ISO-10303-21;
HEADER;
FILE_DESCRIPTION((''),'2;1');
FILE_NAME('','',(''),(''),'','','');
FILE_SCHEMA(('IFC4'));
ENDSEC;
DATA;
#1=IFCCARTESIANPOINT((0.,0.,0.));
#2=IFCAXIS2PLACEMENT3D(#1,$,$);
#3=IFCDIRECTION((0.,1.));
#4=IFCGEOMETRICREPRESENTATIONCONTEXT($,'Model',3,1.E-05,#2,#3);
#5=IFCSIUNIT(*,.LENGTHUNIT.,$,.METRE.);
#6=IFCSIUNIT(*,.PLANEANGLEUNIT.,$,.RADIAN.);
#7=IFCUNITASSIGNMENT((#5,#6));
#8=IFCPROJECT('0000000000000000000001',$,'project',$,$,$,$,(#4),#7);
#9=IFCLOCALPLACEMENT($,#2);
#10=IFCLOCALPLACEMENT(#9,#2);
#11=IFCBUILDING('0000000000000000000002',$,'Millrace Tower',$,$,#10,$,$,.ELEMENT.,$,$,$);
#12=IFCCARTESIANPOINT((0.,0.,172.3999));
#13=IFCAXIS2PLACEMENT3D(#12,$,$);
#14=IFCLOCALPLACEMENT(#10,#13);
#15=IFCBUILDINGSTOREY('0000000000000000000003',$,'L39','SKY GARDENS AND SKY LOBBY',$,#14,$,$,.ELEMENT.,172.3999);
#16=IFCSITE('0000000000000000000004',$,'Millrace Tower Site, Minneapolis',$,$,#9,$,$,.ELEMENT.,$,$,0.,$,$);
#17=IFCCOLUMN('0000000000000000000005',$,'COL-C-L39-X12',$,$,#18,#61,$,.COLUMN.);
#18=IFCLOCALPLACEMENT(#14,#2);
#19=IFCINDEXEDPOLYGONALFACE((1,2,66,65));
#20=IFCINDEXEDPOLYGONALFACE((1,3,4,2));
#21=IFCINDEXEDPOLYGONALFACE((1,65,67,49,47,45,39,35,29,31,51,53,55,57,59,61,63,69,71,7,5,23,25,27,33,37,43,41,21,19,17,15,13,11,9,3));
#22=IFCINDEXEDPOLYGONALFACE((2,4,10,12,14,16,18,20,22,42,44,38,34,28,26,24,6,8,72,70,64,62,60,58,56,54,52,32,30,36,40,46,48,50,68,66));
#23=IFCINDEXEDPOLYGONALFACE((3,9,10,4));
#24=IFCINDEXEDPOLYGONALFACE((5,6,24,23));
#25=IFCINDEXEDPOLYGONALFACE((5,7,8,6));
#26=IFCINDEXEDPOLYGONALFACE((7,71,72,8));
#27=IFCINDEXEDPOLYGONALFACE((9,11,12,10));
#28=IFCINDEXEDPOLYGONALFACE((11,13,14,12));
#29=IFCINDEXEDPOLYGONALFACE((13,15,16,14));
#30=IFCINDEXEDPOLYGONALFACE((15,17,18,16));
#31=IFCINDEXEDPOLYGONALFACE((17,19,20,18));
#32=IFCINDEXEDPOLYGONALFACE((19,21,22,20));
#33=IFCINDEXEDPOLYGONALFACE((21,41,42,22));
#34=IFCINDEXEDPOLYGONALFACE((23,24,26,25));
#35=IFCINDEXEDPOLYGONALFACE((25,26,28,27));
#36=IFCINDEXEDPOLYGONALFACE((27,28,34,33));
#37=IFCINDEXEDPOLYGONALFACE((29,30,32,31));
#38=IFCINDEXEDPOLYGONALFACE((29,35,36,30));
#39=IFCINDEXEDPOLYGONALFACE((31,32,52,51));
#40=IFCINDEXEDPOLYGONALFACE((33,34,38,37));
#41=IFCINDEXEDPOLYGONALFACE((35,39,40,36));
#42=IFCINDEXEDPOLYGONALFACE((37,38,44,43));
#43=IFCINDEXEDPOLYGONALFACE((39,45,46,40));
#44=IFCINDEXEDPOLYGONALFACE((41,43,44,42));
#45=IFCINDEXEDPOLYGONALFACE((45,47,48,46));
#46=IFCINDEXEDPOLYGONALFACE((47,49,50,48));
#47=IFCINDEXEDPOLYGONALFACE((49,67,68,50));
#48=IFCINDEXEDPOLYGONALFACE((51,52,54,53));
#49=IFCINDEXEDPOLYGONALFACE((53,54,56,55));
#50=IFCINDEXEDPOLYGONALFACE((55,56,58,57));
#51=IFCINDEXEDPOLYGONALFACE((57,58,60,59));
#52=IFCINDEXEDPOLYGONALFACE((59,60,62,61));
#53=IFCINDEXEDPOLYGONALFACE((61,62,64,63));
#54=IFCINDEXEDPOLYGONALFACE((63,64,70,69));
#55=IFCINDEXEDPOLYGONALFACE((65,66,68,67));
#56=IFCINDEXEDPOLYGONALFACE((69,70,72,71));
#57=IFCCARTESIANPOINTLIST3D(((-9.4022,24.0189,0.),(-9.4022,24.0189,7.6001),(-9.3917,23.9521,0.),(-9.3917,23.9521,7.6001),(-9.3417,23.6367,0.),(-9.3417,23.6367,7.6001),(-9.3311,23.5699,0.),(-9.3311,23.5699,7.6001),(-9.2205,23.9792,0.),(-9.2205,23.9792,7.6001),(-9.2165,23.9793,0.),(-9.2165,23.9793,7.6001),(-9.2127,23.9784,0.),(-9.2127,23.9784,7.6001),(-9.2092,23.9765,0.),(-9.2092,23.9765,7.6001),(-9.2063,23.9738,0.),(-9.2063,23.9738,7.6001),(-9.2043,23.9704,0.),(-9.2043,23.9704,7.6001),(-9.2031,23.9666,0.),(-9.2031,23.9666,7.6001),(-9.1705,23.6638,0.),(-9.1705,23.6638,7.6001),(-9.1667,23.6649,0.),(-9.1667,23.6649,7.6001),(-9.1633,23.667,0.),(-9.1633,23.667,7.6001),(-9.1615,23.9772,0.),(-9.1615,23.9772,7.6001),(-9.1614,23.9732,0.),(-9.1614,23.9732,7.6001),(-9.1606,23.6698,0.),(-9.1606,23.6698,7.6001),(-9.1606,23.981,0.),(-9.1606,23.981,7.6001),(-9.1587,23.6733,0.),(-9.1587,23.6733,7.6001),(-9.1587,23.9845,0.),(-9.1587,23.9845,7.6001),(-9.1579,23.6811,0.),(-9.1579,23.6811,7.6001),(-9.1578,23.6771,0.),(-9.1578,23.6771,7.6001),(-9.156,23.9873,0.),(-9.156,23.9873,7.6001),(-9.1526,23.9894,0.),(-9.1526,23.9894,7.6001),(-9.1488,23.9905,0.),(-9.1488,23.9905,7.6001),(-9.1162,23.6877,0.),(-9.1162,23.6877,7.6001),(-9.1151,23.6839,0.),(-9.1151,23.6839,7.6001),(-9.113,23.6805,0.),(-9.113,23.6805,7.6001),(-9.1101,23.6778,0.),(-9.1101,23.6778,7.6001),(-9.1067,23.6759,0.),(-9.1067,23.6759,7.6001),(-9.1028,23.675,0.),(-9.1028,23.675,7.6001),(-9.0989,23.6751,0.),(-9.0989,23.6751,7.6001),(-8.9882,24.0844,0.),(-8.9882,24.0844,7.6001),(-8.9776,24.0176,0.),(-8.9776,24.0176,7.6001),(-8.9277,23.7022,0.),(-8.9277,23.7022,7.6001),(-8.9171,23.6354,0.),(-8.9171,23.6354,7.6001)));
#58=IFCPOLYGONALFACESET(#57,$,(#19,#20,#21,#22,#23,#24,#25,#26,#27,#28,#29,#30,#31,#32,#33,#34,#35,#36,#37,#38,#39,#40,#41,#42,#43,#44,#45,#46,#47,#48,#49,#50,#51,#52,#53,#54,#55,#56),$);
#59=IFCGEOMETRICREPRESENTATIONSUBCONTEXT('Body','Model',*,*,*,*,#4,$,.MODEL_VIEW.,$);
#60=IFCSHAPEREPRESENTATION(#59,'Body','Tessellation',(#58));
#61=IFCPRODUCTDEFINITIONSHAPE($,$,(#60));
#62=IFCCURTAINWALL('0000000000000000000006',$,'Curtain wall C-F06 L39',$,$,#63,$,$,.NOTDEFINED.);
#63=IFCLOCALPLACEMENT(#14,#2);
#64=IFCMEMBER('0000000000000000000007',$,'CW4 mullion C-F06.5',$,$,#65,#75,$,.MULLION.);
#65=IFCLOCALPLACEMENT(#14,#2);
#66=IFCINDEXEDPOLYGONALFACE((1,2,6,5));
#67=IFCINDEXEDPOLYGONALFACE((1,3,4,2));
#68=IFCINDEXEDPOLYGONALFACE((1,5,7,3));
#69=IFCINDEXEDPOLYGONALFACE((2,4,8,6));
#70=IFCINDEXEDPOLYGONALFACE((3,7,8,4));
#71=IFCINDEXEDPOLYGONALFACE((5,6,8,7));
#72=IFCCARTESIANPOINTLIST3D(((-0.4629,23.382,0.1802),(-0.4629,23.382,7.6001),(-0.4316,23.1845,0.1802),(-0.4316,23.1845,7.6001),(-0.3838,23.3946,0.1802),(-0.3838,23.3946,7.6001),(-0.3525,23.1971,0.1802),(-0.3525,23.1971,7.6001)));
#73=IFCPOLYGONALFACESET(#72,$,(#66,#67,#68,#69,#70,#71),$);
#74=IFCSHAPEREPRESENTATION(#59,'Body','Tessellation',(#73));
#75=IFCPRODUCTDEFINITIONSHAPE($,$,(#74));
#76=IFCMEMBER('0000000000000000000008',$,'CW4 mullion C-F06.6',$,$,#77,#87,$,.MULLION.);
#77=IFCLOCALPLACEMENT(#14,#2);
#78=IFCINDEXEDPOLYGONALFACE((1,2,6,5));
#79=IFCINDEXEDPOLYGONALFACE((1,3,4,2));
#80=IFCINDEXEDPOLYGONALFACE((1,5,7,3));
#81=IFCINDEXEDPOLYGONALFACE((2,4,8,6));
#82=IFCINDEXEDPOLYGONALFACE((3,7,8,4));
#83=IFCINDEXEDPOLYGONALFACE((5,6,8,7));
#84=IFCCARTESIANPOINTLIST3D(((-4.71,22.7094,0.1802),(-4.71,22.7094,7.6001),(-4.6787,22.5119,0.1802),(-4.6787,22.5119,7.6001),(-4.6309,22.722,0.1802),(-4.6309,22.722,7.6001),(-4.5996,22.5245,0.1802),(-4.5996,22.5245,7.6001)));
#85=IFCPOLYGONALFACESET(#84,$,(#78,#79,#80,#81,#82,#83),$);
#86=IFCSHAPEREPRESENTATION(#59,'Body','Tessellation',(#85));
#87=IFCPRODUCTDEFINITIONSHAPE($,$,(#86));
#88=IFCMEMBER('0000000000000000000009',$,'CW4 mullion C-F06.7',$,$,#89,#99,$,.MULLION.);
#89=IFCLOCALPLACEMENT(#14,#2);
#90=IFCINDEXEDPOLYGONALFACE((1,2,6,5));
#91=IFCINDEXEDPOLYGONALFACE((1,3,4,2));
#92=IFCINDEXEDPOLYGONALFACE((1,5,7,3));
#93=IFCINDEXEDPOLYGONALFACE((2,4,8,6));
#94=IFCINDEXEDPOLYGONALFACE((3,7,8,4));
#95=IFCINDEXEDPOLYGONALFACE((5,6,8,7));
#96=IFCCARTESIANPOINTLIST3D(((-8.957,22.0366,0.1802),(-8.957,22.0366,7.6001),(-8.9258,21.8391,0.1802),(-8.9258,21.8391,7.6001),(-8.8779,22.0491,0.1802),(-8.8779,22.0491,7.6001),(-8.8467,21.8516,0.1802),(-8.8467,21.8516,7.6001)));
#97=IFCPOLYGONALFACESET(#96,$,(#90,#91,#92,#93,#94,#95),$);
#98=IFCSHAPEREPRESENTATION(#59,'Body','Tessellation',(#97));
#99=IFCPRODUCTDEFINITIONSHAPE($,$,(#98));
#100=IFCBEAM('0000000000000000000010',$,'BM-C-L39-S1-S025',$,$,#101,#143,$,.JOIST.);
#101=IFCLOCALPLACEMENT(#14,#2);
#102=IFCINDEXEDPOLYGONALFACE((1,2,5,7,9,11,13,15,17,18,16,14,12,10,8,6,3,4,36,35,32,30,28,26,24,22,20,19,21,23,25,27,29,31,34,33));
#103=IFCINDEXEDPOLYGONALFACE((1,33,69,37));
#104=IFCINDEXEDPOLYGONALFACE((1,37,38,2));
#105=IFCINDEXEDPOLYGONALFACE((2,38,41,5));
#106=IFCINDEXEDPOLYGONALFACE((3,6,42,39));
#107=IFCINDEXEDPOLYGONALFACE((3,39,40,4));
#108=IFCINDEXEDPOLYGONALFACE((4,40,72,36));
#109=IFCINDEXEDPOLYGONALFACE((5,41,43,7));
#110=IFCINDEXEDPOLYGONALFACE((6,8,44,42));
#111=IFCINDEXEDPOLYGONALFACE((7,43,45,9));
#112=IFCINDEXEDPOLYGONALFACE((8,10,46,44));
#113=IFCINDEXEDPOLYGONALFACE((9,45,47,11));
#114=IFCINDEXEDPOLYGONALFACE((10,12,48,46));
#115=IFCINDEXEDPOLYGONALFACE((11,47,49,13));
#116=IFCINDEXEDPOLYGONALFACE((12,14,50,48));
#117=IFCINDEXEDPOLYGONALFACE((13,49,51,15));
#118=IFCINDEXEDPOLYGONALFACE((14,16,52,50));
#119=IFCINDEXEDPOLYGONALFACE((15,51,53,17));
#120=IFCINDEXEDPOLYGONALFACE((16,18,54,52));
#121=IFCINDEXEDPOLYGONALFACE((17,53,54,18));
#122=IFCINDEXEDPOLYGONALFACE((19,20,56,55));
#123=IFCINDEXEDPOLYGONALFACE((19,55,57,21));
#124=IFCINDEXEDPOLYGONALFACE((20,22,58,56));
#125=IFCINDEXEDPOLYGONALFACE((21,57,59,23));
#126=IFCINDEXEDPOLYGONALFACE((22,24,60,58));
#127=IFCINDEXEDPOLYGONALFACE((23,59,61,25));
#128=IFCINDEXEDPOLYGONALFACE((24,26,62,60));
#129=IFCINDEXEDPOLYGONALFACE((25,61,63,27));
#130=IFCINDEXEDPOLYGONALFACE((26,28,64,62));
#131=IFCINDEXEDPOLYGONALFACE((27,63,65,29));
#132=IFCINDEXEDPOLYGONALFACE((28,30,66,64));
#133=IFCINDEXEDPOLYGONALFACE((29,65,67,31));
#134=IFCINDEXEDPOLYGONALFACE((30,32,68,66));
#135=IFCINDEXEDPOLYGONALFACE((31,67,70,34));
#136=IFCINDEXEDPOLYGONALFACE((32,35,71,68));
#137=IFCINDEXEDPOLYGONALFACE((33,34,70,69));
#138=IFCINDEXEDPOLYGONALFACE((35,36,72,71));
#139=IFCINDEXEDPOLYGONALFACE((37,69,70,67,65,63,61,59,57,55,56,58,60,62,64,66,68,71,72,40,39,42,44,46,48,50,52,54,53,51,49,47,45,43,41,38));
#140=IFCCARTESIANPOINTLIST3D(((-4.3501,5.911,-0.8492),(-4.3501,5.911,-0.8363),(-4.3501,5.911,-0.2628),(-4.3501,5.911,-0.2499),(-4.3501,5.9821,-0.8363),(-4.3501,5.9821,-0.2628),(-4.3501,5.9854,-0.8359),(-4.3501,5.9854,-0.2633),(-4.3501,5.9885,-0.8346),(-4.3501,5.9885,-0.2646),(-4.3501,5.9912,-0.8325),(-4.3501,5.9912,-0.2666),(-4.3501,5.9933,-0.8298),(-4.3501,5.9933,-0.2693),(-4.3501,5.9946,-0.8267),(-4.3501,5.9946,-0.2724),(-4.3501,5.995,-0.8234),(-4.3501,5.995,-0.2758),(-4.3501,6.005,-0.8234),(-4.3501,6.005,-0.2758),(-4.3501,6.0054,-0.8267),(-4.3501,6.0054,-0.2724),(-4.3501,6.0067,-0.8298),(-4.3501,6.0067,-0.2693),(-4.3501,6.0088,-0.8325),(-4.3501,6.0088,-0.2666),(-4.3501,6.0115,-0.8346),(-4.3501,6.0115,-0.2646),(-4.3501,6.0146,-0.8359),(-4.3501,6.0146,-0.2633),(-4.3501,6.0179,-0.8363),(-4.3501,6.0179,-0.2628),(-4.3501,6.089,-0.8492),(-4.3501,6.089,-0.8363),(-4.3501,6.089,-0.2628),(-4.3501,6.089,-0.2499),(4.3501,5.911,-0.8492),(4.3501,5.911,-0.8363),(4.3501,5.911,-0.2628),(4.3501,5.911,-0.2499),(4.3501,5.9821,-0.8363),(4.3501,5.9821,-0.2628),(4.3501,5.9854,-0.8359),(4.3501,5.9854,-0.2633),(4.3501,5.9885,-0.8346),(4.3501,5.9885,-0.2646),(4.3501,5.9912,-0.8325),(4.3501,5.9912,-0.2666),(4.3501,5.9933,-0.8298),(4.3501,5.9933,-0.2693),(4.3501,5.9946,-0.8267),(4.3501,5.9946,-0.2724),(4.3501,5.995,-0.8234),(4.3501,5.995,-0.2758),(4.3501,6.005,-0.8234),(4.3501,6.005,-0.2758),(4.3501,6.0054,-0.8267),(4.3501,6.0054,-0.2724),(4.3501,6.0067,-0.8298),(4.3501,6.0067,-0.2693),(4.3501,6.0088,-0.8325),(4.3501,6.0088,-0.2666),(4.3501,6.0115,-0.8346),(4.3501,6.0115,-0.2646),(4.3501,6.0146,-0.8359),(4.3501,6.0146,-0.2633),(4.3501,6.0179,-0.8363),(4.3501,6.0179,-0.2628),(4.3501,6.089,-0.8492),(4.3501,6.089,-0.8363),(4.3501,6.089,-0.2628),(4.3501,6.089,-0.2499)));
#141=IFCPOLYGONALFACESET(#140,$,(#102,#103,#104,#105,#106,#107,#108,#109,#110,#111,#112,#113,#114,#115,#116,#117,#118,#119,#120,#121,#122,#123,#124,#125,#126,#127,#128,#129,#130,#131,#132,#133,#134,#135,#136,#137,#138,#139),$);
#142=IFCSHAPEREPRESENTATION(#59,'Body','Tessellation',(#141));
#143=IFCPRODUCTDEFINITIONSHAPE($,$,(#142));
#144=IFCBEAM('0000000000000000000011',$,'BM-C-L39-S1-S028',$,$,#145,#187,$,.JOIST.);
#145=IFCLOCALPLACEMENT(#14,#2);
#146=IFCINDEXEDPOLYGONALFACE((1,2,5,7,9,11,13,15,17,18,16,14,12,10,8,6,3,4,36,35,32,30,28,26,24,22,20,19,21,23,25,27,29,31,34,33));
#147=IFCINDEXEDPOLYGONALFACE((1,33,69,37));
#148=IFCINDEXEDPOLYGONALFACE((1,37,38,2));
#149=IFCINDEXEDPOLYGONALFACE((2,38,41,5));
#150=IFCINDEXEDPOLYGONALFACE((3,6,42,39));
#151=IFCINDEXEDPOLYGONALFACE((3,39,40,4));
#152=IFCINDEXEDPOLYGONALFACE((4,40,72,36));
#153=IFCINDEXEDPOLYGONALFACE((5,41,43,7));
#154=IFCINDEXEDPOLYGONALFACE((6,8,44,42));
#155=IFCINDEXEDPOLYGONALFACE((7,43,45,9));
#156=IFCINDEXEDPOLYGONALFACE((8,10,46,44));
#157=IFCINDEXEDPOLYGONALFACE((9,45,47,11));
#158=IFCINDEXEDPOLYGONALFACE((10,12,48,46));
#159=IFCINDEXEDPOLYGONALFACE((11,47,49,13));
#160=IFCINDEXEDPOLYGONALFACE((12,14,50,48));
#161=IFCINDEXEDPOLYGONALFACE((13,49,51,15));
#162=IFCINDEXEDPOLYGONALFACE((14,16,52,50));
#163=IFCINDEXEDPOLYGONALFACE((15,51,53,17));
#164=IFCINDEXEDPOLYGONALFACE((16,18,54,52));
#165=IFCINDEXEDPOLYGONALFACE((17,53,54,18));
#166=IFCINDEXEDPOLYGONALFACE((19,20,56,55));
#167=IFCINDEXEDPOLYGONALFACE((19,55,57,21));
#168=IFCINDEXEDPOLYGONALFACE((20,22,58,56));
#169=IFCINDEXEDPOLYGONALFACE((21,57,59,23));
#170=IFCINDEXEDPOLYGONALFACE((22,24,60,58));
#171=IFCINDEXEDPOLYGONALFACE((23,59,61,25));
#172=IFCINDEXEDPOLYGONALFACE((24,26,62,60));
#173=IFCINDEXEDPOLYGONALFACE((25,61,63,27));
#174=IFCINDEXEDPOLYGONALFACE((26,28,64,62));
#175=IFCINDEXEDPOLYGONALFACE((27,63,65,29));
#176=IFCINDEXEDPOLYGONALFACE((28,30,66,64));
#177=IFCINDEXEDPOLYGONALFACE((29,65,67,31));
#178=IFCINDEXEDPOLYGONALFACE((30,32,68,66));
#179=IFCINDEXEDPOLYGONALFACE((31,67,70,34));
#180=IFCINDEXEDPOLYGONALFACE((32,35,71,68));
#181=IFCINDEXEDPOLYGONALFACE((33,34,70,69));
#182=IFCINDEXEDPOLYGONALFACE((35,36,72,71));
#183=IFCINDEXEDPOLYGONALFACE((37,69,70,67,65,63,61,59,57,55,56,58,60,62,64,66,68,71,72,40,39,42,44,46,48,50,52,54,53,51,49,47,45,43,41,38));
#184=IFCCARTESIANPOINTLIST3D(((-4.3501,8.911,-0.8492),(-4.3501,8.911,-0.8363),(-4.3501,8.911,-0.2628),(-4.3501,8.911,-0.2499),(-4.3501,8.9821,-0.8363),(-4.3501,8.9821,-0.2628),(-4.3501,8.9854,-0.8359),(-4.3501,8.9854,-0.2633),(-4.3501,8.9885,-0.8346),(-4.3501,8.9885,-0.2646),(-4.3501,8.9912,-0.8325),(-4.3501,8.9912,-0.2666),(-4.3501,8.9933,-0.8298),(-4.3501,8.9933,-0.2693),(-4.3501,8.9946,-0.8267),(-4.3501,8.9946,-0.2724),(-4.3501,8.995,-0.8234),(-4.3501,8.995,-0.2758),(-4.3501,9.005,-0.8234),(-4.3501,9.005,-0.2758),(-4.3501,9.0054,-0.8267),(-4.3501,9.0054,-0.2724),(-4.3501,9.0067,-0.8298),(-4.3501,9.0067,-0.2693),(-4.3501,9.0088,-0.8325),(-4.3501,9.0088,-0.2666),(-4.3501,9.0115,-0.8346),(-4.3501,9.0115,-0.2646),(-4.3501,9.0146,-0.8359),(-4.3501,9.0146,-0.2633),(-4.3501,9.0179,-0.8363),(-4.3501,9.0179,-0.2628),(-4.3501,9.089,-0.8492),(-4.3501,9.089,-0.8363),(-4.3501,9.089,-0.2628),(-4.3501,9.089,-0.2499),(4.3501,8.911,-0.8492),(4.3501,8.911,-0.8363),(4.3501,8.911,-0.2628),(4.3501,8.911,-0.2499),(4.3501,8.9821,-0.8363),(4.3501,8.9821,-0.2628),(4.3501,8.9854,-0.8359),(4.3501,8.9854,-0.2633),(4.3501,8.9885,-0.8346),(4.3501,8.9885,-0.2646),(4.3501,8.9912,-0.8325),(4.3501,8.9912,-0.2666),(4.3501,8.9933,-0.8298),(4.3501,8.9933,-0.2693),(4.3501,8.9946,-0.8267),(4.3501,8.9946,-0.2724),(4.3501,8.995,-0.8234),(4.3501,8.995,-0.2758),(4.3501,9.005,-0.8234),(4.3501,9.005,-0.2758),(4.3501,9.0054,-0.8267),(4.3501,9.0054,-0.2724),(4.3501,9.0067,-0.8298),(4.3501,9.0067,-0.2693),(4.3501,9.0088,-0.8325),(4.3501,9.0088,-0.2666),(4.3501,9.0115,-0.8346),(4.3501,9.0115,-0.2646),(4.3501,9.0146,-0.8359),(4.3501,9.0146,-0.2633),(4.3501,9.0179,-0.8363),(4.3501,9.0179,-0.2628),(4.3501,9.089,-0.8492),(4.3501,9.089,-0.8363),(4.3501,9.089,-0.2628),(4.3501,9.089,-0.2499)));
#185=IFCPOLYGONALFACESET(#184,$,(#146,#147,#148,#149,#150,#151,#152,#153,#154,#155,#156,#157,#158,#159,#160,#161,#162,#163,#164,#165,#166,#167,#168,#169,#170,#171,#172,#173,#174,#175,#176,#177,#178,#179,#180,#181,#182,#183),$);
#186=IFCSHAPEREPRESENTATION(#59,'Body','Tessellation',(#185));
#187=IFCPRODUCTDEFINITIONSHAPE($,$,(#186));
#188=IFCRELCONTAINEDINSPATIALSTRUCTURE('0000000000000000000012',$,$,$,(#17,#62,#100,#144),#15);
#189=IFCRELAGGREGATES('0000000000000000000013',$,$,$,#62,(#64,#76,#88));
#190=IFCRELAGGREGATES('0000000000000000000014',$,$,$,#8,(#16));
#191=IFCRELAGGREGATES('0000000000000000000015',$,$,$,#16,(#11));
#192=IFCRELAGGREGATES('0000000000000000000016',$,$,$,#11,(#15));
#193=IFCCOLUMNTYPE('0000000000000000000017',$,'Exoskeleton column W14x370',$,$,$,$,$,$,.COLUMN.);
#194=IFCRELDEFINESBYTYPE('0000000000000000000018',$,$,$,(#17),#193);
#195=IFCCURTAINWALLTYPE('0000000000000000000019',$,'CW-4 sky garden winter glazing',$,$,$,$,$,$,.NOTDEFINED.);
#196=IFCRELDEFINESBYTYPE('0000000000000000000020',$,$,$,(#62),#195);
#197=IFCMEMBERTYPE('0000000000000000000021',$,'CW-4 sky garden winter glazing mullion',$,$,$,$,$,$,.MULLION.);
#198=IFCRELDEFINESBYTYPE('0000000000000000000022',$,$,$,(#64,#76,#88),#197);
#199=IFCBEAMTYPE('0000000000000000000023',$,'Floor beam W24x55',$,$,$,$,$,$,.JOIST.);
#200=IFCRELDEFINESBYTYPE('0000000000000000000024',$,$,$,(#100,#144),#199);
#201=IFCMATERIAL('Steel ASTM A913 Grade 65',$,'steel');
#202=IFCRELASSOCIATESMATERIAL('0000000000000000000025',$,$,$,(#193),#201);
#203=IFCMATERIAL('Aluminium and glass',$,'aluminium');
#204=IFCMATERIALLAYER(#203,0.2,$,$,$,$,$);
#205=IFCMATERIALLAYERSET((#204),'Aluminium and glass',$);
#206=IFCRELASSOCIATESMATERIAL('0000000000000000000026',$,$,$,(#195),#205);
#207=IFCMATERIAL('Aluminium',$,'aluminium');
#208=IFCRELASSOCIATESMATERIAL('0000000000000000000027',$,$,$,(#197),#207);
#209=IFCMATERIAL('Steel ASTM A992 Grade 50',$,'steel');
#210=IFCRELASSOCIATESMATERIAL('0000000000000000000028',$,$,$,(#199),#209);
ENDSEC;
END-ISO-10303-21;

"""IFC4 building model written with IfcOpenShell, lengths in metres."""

from ifc_helpers import new_model, si_unit, direction, frame, origin, origin_2d, place, context, subcontext, project, spatial, rectangle, i_section, extrude, material, layer, layer_set, material_profile, profile_set, type_object, element, aggregate, save


model = new_model("IFC4")

# Units and contexts
model_context = context("Model", 3, precision=1e-05, world=origin(), true_north=direction((0.0, 1.0)))
body_context = subcontext(model_context, "Body", "Model", "MODEL_VIEW")
ifc_project = project(units=[si_unit("LENGTHUNIT", "METRE"), si_unit("PLANEANGLEUNIT", "RADIAN")], contexts=[model_context])

# Site, building, storey
site_placement = place(None, origin())
site = spatial("IfcSite", under=ifc_project, at=site_placement, Name="Millrace Tower Site, Minneapolis", CompositionType="ELEMENT", RefElevation=0.0)
building_placement = place(site_placement, origin())
building = spatial("IfcBuilding", under=site, at=building_placement, Name="Millrace Tower", CompositionType="ELEMENT")
storey_placement = place(building_placement, frame((0.0, 0.0, 172.3999)))
storey = spatial("IfcBuildingStorey", under=building, at=storey_placement, Name="L39", Description="SKY GARDENS AND SKY LOBBY", CompositionType="ELEMENT", Elevation=172.3999)

# Column
ifc_material_1 = material(Name="Steel ASTM A913 Grade 65", Category="steel")
ifc_material_profile_1 = material_profile(ifc_material_1, i_section(OverallWidth=0.4192, OverallDepth=0.4546, WebThickness=0.0422, FlangeThickness=0.0676, FilletRadius=0.0151, at=origin_2d()))
ifc_profile_set_1 = profile_set([ifc_material_profile_1], Name="Steel ASTM A913 Grade 65")
column_type = type_object("IfcColumnType", Name="Exoskeleton column W14x370", PredefinedType="COLUMN", material=ifc_profile_set_1)
column_placement = place(storey_placement, frame((-9.1597, 23.8271, 0.0), z_axis=(0.0, 0.0, 1.0), x_axis=(-0.987688, -0.156434, 0.0)))
element("IfcColumn", 1, at=column_placement, inside=storey, type_object=column_type, Name="COL-C-L39-X12", PredefinedType="COLUMN", context=body_context, shape_type="SweptSolid", body=[
    extrude(i_section(OverallWidth=0.4192, OverallDepth=0.4546, WebThickness=0.0422, FlangeThickness=0.0676, FilletRadius=0.0151, at=origin_2d()), origin(), (0.0, 0.0, 1.0), 7.6001),
])

# Curtain wall, members
ifc_material_2 = material(Name="Aluminium and glass", Category="aluminium")
ifc_layer_1 = layer(ifc_material_2, 0.2)
ifc_layer_set_1 = layer_set([ifc_layer_1], Name="Aluminium and glass")
curtain_wall_type = type_object("IfcCurtainWallType", Name="CW-4 sky garden winter glazing", PredefinedType="NOTDEFINED", material=ifc_layer_set_1)
placement = place(storey_placement, origin())
curtain_wall = element("IfcCurtainWall", 2, at=placement, inside=storey, type_object=curtain_wall_type, Name="Curtain wall C-F06 L39", PredefinedType="NOTDEFINED")
ifc_material_3 = material(Name="Aluminium", Category="aluminium")
ifc_material_profile_2 = material_profile(ifc_material_3, rectangle(XDim=0.0801, YDim=0.2, at=origin_2d()))
ifc_profile_set_2 = profile_set([ifc_material_profile_2], Name="Aluminium")
member_type = type_object("IfcMemberType", Name="CW-4 sky garden winter glazing mullion", PredefinedType="MULLION", material=ifc_profile_set_2)
member_1_placement = place(storey_placement, frame((-0.4077, 23.2896, 0.1802), z_axis=(0.0, 0.0, 1.0), x_axis=(-0.987688, -0.156434, 0.0)))
member_1 = element("IfcMember", 3, at=member_1_placement, type_object=member_type, Name="CW4 mullion C-F06.5", PredefinedType="MULLION", context=body_context, shape_type="SweptSolid", body=[
    extrude(rectangle(XDim=0.0801, YDim=0.2, at=origin_2d()), origin(), (0.0, 0.0, 1.0), 7.4199),
])
member_2_placement = place(storey_placement, frame((-4.6548, 22.6169, 0.1802), z_axis=(0.0, 0.0, 1.0), x_axis=(-0.987688, -0.156434, 0.0)))
member_2 = element("IfcMember", 4, at=member_2_placement, type_object=member_type, Name="CW4 mullion C-F06.6", PredefinedType="MULLION", context=body_context, shape_type="SweptSolid", body=[
    extrude(rectangle(XDim=0.0801, YDim=0.2, at=origin_2d()), origin(), (0.0, 0.0, 1.0), 7.4199),
])
member_3_placement = place(storey_placement, frame((-8.9019, 21.9441, 0.1802), z_axis=(0.0, 0.0, 1.0), x_axis=(-0.987688, -0.156434, 0.0)))
member_3 = element("IfcMember", 5, at=member_3_placement, type_object=member_type, Name="CW4 mullion C-F06.7", PredefinedType="MULLION", context=body_context, shape_type="SweptSolid", body=[
    extrude(rectangle(XDim=0.0801, YDim=0.2, at=origin_2d()), origin(), (0.0, 0.0, 1.0), 7.4199),
])
aggregate(curtain_wall, [member_1, member_2, member_3])

# Beams
ifc_material_4 = material(Name="Steel ASTM A992 Grade 50", Category="steel")
ifc_material_profile_3 = material_profile(ifc_material_4, i_section(OverallWidth=0.178, OverallDepth=0.5994, WebThickness=0.01, FlangeThickness=0.0129, FilletRadius=0.0129, at=origin_2d()))
ifc_profile_set_3 = profile_set([ifc_material_profile_3], Name="Steel ASTM A992 Grade 50")
beam_type_1 = type_object("IfcBeamType", Name="Floor beam W24x55", PredefinedType="JOIST", material=ifc_profile_set_3)
for number, where, z_axis, x_axis, name in (
    (6, (-4.3501, 6.0, -0.5496), (1.0, 0.0, 0.0), (0.0, 1.0, 0.0), "BM-C-L39-S1-S025"),
    (7, (-4.3501, 9.0, -0.5496), (1.0, 0.0, 0.0), (0.0, 1.0, 0.0), "BM-C-L39-S1-S028"),
):
    element("IfcBeam", number, at=place(storey_placement, frame(where, z_axis=z_axis, x_axis=x_axis)), inside=storey, type_object=beam_type_1, Name=name, PredefinedType="JOIST", context=body_context, shape_type="SweptSolid", body=[
        extrude(i_section(OverallWidth=0.178, OverallDepth=0.5994, WebThickness=0.01, FlangeThickness=0.0129, FilletRadius=0.0129, at=origin_2d()), origin(), (0.0, 0.0, 1.0), 8.7002),
    ])

save(model, "model.ifc")
